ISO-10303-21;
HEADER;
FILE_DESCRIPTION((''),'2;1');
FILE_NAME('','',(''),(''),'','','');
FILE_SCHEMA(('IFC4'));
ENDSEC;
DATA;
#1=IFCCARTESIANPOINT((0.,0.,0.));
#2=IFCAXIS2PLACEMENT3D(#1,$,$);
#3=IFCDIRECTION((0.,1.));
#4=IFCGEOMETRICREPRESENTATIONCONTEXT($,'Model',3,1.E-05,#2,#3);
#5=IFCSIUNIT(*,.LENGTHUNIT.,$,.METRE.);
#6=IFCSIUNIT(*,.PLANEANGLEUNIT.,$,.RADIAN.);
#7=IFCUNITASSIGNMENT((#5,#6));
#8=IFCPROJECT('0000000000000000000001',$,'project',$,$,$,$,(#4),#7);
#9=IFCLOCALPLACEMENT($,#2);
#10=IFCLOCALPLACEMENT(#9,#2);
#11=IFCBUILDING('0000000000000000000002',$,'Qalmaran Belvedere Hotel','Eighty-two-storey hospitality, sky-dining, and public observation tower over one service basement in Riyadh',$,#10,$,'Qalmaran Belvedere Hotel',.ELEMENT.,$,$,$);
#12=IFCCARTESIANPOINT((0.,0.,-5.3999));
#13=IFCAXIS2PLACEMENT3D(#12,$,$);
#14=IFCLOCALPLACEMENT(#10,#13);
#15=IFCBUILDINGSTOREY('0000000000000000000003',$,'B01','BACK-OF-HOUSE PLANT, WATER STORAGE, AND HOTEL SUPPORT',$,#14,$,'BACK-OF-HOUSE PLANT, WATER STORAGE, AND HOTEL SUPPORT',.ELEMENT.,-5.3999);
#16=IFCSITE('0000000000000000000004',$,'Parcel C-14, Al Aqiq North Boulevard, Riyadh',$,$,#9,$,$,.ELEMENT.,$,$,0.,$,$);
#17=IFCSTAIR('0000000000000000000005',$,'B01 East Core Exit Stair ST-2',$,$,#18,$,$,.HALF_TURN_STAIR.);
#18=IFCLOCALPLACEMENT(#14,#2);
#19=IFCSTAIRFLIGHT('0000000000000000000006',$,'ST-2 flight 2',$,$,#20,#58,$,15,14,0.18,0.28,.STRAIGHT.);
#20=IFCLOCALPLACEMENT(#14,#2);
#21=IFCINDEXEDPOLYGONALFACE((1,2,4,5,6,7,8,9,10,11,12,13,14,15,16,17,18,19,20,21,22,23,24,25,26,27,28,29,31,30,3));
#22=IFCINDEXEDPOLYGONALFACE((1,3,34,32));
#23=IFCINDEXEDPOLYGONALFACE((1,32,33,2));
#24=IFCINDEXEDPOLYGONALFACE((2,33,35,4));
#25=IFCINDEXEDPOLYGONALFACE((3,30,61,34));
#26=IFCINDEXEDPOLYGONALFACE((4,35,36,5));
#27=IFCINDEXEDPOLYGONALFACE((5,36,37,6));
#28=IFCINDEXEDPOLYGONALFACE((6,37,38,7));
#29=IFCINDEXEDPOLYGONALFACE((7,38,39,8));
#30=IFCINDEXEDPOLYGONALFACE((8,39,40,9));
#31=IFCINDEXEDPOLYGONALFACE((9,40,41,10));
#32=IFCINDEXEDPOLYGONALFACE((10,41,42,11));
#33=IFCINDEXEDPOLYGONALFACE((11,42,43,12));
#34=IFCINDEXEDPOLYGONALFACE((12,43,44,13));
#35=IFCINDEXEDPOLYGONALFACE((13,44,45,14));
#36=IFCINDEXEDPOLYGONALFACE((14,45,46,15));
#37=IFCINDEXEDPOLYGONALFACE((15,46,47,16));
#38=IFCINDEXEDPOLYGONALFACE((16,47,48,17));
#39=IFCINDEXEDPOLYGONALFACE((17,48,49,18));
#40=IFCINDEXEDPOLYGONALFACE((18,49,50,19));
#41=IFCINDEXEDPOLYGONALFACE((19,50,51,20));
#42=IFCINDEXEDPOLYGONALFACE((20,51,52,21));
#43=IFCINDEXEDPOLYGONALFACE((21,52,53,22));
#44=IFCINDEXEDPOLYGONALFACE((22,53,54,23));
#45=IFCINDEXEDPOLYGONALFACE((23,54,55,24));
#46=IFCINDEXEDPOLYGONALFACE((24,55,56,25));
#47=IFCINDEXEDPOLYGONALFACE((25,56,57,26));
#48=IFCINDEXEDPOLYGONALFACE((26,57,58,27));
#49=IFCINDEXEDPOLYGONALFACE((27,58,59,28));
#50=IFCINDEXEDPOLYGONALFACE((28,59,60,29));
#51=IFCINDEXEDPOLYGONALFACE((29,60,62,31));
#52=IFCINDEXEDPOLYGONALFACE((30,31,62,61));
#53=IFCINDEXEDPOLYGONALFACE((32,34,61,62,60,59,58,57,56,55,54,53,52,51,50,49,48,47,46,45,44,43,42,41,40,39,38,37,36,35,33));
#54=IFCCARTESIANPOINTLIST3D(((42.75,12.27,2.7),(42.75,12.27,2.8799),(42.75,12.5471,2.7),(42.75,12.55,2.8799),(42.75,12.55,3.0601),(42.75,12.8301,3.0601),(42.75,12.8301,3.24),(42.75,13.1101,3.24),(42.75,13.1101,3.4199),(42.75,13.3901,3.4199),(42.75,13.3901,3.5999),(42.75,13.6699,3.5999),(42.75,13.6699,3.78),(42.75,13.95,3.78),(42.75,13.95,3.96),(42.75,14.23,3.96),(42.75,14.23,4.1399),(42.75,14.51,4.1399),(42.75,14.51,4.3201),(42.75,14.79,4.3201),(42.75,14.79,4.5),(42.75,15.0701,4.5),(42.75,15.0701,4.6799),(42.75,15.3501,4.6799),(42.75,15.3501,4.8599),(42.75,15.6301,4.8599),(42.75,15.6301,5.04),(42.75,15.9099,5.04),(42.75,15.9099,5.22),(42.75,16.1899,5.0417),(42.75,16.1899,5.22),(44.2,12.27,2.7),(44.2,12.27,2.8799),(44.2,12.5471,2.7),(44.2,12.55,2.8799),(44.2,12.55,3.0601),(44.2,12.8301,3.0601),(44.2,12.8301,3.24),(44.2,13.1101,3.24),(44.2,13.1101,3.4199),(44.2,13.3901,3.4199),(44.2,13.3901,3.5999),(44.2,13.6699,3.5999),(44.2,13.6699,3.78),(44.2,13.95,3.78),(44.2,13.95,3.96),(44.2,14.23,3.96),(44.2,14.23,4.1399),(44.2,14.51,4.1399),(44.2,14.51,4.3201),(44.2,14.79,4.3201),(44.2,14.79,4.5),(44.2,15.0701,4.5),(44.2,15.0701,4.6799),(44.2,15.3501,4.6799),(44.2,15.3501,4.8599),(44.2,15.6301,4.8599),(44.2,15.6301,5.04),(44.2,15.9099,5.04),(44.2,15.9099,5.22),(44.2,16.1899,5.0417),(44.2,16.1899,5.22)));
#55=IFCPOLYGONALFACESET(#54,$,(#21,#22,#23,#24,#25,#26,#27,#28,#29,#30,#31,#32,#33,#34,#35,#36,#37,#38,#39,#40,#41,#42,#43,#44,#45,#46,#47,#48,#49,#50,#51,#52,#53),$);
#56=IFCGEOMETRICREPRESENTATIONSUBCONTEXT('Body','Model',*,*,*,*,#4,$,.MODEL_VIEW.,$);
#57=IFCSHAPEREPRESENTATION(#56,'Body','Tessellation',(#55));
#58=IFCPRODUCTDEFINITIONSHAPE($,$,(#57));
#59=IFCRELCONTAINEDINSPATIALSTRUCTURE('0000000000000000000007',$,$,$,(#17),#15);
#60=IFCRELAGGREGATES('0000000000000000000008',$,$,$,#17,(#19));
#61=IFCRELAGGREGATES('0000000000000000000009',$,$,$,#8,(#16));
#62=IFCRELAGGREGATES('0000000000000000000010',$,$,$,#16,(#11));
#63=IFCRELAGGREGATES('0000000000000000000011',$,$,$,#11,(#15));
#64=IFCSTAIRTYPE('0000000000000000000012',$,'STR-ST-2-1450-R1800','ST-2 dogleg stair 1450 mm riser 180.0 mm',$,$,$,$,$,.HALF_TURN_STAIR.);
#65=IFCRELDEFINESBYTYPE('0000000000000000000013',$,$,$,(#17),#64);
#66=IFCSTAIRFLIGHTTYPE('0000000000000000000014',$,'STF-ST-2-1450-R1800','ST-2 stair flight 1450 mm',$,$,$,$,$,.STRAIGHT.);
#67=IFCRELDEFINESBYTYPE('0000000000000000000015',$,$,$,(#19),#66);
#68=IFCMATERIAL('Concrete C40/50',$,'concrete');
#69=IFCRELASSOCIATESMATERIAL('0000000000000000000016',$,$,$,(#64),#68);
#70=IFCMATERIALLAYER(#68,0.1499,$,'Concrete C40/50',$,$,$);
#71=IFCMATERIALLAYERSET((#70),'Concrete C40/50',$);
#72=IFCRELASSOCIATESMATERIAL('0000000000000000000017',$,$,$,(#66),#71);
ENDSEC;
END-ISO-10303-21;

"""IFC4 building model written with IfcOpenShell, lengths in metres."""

from ifc_helpers import new_model, si_unit, direction, frame, origin, place, context, subcontext, project, spatial, polyline, outline, extrude, material, layer, layer_set, type_object, element, aggregate, save


model = new_model("IFC4")

# Units and contexts
model_context = context("Model", 3, precision=1e-05, world=origin(), true_north=direction((0.0, 1.0)))
body_context = subcontext(model_context, "Body", "Model", "MODEL_VIEW")
ifc_project = project(units=[si_unit("LENGTHUNIT", "METRE"), si_unit("PLANEANGLEUNIT", "RADIAN")], contexts=[model_context])

# Site, building, storey
site_placement = place(None, origin())
site = spatial("IfcSite", under=ifc_project, at=site_placement, Name="Parcel C-14, Al Aqiq North Boulevard, Riyadh", CompositionType="ELEMENT", RefElevation=0.0)
building_placement = place(site_placement, origin())
building = spatial("IfcBuilding", under=site, at=building_placement, Name="Qalmaran Belvedere Hotel", Description="Eighty-two-storey hospitality, sky-dining, and public observation tower over one service basement in Riyadh", LongName="Qalmaran Belvedere Hotel", CompositionType="ELEMENT")
storey_placement = place(building_placement, frame((0.0, 0.0, -5.3999)))
storey = spatial("IfcBuildingStorey", under=building, at=storey_placement, Name="B01", Description="BACK-OF-HOUSE PLANT, WATER STORAGE, AND HOTEL SUPPORT", LongName="BACK-OF-HOUSE PLANT, WATER STORAGE, AND HOTEL SUPPORT", CompositionType="ELEMENT", Elevation=-5.3999)

# Stair, stair flight
ifc_material_1 = material(Name="Concrete C40/50", Category="concrete")
stair_type = type_object("IfcStairType", Name="STR-ST-2-1450-R1800", Description="ST-2 dogleg stair 1450 mm riser 180.0 mm", PredefinedType="HALF_TURN_STAIR", material=ifc_material_1)
stair_placement = place(storey_placement, origin())
stair = element("IfcStair", 1, at=stair_placement, inside=storey, type_object=stair_type, Name="B01 East Core Exit Stair ST-2", PredefinedType="HALF_TURN_STAIR")
ifc_layer_1 = layer(ifc_material_1, 0.1499, Name="Concrete C40/50")
ifc_layer_set_1 = layer_set([ifc_layer_1], Name="Concrete C40/50")
stair_flight_type = type_object("IfcStairFlightType", Name="STF-ST-2-1450-R1800", Description="ST-2 stair flight 1450 mm", PredefinedType="STRAIGHT", material=ifc_layer_set_1)
stair_flight_1_placement = place(storey_placement, frame((43.4751, 12.27, 2.7), z_axis=(0.0, 0.0, 1.0), x_axis=(0.0, 1.0, 0.0)))
stair_flight_1 = element("IfcStairFlight", 2, at=stair_flight_1_placement, type_object=stair_flight_type, Name="ST-2 flight 2", NumberOfRisers=15, NumberOfTreads=14, PredefinedType="STRAIGHT", RiserHeight=0.18, TreadLength=0.28, context=body_context, shape_type="SweptSolid", body=[
    extrude(outline(polyline([(0.0, 0.0), (0.0, 0.1799), (0.28, 0.1799), (0.28, 0.3601), (0.5601, 0.3601), (0.5601, 0.54), (0.8401, 0.54), (0.8401, 0.72), (1.1201, 0.72), (1.1201, 0.8999), (1.3999, 0.8999), (1.3999, 1.0801), (1.6799, 1.0801), (1.6799, 1.26), (1.96, 1.26), (1.96, 1.4399), (2.24, 1.4399), (2.24, 1.6201), (2.52, 1.6201), (2.52, 1.8), (2.8, 1.8), (2.8, 1.98), (3.0801, 1.98), (3.0801, 2.1599), (3.3601, 2.1599), (3.3601, 2.3401), (3.6399, 2.3401), (3.6399, 2.52), (3.9199, 2.52), (3.9199, 2.7), (3.9199, 2.3418), (0.2771, 0.0), (0.0, 0.0)])), frame((0.0, 0.7251, 0.0), z_axis=(0.0, -1.0, 0.0), x_axis=(1.0, 0.0, 0.0)), (0.0, 0.0, 1.0), 1.45),
])
aggregate(stair, [stair_flight_1])

save(model, "model.ifc")
